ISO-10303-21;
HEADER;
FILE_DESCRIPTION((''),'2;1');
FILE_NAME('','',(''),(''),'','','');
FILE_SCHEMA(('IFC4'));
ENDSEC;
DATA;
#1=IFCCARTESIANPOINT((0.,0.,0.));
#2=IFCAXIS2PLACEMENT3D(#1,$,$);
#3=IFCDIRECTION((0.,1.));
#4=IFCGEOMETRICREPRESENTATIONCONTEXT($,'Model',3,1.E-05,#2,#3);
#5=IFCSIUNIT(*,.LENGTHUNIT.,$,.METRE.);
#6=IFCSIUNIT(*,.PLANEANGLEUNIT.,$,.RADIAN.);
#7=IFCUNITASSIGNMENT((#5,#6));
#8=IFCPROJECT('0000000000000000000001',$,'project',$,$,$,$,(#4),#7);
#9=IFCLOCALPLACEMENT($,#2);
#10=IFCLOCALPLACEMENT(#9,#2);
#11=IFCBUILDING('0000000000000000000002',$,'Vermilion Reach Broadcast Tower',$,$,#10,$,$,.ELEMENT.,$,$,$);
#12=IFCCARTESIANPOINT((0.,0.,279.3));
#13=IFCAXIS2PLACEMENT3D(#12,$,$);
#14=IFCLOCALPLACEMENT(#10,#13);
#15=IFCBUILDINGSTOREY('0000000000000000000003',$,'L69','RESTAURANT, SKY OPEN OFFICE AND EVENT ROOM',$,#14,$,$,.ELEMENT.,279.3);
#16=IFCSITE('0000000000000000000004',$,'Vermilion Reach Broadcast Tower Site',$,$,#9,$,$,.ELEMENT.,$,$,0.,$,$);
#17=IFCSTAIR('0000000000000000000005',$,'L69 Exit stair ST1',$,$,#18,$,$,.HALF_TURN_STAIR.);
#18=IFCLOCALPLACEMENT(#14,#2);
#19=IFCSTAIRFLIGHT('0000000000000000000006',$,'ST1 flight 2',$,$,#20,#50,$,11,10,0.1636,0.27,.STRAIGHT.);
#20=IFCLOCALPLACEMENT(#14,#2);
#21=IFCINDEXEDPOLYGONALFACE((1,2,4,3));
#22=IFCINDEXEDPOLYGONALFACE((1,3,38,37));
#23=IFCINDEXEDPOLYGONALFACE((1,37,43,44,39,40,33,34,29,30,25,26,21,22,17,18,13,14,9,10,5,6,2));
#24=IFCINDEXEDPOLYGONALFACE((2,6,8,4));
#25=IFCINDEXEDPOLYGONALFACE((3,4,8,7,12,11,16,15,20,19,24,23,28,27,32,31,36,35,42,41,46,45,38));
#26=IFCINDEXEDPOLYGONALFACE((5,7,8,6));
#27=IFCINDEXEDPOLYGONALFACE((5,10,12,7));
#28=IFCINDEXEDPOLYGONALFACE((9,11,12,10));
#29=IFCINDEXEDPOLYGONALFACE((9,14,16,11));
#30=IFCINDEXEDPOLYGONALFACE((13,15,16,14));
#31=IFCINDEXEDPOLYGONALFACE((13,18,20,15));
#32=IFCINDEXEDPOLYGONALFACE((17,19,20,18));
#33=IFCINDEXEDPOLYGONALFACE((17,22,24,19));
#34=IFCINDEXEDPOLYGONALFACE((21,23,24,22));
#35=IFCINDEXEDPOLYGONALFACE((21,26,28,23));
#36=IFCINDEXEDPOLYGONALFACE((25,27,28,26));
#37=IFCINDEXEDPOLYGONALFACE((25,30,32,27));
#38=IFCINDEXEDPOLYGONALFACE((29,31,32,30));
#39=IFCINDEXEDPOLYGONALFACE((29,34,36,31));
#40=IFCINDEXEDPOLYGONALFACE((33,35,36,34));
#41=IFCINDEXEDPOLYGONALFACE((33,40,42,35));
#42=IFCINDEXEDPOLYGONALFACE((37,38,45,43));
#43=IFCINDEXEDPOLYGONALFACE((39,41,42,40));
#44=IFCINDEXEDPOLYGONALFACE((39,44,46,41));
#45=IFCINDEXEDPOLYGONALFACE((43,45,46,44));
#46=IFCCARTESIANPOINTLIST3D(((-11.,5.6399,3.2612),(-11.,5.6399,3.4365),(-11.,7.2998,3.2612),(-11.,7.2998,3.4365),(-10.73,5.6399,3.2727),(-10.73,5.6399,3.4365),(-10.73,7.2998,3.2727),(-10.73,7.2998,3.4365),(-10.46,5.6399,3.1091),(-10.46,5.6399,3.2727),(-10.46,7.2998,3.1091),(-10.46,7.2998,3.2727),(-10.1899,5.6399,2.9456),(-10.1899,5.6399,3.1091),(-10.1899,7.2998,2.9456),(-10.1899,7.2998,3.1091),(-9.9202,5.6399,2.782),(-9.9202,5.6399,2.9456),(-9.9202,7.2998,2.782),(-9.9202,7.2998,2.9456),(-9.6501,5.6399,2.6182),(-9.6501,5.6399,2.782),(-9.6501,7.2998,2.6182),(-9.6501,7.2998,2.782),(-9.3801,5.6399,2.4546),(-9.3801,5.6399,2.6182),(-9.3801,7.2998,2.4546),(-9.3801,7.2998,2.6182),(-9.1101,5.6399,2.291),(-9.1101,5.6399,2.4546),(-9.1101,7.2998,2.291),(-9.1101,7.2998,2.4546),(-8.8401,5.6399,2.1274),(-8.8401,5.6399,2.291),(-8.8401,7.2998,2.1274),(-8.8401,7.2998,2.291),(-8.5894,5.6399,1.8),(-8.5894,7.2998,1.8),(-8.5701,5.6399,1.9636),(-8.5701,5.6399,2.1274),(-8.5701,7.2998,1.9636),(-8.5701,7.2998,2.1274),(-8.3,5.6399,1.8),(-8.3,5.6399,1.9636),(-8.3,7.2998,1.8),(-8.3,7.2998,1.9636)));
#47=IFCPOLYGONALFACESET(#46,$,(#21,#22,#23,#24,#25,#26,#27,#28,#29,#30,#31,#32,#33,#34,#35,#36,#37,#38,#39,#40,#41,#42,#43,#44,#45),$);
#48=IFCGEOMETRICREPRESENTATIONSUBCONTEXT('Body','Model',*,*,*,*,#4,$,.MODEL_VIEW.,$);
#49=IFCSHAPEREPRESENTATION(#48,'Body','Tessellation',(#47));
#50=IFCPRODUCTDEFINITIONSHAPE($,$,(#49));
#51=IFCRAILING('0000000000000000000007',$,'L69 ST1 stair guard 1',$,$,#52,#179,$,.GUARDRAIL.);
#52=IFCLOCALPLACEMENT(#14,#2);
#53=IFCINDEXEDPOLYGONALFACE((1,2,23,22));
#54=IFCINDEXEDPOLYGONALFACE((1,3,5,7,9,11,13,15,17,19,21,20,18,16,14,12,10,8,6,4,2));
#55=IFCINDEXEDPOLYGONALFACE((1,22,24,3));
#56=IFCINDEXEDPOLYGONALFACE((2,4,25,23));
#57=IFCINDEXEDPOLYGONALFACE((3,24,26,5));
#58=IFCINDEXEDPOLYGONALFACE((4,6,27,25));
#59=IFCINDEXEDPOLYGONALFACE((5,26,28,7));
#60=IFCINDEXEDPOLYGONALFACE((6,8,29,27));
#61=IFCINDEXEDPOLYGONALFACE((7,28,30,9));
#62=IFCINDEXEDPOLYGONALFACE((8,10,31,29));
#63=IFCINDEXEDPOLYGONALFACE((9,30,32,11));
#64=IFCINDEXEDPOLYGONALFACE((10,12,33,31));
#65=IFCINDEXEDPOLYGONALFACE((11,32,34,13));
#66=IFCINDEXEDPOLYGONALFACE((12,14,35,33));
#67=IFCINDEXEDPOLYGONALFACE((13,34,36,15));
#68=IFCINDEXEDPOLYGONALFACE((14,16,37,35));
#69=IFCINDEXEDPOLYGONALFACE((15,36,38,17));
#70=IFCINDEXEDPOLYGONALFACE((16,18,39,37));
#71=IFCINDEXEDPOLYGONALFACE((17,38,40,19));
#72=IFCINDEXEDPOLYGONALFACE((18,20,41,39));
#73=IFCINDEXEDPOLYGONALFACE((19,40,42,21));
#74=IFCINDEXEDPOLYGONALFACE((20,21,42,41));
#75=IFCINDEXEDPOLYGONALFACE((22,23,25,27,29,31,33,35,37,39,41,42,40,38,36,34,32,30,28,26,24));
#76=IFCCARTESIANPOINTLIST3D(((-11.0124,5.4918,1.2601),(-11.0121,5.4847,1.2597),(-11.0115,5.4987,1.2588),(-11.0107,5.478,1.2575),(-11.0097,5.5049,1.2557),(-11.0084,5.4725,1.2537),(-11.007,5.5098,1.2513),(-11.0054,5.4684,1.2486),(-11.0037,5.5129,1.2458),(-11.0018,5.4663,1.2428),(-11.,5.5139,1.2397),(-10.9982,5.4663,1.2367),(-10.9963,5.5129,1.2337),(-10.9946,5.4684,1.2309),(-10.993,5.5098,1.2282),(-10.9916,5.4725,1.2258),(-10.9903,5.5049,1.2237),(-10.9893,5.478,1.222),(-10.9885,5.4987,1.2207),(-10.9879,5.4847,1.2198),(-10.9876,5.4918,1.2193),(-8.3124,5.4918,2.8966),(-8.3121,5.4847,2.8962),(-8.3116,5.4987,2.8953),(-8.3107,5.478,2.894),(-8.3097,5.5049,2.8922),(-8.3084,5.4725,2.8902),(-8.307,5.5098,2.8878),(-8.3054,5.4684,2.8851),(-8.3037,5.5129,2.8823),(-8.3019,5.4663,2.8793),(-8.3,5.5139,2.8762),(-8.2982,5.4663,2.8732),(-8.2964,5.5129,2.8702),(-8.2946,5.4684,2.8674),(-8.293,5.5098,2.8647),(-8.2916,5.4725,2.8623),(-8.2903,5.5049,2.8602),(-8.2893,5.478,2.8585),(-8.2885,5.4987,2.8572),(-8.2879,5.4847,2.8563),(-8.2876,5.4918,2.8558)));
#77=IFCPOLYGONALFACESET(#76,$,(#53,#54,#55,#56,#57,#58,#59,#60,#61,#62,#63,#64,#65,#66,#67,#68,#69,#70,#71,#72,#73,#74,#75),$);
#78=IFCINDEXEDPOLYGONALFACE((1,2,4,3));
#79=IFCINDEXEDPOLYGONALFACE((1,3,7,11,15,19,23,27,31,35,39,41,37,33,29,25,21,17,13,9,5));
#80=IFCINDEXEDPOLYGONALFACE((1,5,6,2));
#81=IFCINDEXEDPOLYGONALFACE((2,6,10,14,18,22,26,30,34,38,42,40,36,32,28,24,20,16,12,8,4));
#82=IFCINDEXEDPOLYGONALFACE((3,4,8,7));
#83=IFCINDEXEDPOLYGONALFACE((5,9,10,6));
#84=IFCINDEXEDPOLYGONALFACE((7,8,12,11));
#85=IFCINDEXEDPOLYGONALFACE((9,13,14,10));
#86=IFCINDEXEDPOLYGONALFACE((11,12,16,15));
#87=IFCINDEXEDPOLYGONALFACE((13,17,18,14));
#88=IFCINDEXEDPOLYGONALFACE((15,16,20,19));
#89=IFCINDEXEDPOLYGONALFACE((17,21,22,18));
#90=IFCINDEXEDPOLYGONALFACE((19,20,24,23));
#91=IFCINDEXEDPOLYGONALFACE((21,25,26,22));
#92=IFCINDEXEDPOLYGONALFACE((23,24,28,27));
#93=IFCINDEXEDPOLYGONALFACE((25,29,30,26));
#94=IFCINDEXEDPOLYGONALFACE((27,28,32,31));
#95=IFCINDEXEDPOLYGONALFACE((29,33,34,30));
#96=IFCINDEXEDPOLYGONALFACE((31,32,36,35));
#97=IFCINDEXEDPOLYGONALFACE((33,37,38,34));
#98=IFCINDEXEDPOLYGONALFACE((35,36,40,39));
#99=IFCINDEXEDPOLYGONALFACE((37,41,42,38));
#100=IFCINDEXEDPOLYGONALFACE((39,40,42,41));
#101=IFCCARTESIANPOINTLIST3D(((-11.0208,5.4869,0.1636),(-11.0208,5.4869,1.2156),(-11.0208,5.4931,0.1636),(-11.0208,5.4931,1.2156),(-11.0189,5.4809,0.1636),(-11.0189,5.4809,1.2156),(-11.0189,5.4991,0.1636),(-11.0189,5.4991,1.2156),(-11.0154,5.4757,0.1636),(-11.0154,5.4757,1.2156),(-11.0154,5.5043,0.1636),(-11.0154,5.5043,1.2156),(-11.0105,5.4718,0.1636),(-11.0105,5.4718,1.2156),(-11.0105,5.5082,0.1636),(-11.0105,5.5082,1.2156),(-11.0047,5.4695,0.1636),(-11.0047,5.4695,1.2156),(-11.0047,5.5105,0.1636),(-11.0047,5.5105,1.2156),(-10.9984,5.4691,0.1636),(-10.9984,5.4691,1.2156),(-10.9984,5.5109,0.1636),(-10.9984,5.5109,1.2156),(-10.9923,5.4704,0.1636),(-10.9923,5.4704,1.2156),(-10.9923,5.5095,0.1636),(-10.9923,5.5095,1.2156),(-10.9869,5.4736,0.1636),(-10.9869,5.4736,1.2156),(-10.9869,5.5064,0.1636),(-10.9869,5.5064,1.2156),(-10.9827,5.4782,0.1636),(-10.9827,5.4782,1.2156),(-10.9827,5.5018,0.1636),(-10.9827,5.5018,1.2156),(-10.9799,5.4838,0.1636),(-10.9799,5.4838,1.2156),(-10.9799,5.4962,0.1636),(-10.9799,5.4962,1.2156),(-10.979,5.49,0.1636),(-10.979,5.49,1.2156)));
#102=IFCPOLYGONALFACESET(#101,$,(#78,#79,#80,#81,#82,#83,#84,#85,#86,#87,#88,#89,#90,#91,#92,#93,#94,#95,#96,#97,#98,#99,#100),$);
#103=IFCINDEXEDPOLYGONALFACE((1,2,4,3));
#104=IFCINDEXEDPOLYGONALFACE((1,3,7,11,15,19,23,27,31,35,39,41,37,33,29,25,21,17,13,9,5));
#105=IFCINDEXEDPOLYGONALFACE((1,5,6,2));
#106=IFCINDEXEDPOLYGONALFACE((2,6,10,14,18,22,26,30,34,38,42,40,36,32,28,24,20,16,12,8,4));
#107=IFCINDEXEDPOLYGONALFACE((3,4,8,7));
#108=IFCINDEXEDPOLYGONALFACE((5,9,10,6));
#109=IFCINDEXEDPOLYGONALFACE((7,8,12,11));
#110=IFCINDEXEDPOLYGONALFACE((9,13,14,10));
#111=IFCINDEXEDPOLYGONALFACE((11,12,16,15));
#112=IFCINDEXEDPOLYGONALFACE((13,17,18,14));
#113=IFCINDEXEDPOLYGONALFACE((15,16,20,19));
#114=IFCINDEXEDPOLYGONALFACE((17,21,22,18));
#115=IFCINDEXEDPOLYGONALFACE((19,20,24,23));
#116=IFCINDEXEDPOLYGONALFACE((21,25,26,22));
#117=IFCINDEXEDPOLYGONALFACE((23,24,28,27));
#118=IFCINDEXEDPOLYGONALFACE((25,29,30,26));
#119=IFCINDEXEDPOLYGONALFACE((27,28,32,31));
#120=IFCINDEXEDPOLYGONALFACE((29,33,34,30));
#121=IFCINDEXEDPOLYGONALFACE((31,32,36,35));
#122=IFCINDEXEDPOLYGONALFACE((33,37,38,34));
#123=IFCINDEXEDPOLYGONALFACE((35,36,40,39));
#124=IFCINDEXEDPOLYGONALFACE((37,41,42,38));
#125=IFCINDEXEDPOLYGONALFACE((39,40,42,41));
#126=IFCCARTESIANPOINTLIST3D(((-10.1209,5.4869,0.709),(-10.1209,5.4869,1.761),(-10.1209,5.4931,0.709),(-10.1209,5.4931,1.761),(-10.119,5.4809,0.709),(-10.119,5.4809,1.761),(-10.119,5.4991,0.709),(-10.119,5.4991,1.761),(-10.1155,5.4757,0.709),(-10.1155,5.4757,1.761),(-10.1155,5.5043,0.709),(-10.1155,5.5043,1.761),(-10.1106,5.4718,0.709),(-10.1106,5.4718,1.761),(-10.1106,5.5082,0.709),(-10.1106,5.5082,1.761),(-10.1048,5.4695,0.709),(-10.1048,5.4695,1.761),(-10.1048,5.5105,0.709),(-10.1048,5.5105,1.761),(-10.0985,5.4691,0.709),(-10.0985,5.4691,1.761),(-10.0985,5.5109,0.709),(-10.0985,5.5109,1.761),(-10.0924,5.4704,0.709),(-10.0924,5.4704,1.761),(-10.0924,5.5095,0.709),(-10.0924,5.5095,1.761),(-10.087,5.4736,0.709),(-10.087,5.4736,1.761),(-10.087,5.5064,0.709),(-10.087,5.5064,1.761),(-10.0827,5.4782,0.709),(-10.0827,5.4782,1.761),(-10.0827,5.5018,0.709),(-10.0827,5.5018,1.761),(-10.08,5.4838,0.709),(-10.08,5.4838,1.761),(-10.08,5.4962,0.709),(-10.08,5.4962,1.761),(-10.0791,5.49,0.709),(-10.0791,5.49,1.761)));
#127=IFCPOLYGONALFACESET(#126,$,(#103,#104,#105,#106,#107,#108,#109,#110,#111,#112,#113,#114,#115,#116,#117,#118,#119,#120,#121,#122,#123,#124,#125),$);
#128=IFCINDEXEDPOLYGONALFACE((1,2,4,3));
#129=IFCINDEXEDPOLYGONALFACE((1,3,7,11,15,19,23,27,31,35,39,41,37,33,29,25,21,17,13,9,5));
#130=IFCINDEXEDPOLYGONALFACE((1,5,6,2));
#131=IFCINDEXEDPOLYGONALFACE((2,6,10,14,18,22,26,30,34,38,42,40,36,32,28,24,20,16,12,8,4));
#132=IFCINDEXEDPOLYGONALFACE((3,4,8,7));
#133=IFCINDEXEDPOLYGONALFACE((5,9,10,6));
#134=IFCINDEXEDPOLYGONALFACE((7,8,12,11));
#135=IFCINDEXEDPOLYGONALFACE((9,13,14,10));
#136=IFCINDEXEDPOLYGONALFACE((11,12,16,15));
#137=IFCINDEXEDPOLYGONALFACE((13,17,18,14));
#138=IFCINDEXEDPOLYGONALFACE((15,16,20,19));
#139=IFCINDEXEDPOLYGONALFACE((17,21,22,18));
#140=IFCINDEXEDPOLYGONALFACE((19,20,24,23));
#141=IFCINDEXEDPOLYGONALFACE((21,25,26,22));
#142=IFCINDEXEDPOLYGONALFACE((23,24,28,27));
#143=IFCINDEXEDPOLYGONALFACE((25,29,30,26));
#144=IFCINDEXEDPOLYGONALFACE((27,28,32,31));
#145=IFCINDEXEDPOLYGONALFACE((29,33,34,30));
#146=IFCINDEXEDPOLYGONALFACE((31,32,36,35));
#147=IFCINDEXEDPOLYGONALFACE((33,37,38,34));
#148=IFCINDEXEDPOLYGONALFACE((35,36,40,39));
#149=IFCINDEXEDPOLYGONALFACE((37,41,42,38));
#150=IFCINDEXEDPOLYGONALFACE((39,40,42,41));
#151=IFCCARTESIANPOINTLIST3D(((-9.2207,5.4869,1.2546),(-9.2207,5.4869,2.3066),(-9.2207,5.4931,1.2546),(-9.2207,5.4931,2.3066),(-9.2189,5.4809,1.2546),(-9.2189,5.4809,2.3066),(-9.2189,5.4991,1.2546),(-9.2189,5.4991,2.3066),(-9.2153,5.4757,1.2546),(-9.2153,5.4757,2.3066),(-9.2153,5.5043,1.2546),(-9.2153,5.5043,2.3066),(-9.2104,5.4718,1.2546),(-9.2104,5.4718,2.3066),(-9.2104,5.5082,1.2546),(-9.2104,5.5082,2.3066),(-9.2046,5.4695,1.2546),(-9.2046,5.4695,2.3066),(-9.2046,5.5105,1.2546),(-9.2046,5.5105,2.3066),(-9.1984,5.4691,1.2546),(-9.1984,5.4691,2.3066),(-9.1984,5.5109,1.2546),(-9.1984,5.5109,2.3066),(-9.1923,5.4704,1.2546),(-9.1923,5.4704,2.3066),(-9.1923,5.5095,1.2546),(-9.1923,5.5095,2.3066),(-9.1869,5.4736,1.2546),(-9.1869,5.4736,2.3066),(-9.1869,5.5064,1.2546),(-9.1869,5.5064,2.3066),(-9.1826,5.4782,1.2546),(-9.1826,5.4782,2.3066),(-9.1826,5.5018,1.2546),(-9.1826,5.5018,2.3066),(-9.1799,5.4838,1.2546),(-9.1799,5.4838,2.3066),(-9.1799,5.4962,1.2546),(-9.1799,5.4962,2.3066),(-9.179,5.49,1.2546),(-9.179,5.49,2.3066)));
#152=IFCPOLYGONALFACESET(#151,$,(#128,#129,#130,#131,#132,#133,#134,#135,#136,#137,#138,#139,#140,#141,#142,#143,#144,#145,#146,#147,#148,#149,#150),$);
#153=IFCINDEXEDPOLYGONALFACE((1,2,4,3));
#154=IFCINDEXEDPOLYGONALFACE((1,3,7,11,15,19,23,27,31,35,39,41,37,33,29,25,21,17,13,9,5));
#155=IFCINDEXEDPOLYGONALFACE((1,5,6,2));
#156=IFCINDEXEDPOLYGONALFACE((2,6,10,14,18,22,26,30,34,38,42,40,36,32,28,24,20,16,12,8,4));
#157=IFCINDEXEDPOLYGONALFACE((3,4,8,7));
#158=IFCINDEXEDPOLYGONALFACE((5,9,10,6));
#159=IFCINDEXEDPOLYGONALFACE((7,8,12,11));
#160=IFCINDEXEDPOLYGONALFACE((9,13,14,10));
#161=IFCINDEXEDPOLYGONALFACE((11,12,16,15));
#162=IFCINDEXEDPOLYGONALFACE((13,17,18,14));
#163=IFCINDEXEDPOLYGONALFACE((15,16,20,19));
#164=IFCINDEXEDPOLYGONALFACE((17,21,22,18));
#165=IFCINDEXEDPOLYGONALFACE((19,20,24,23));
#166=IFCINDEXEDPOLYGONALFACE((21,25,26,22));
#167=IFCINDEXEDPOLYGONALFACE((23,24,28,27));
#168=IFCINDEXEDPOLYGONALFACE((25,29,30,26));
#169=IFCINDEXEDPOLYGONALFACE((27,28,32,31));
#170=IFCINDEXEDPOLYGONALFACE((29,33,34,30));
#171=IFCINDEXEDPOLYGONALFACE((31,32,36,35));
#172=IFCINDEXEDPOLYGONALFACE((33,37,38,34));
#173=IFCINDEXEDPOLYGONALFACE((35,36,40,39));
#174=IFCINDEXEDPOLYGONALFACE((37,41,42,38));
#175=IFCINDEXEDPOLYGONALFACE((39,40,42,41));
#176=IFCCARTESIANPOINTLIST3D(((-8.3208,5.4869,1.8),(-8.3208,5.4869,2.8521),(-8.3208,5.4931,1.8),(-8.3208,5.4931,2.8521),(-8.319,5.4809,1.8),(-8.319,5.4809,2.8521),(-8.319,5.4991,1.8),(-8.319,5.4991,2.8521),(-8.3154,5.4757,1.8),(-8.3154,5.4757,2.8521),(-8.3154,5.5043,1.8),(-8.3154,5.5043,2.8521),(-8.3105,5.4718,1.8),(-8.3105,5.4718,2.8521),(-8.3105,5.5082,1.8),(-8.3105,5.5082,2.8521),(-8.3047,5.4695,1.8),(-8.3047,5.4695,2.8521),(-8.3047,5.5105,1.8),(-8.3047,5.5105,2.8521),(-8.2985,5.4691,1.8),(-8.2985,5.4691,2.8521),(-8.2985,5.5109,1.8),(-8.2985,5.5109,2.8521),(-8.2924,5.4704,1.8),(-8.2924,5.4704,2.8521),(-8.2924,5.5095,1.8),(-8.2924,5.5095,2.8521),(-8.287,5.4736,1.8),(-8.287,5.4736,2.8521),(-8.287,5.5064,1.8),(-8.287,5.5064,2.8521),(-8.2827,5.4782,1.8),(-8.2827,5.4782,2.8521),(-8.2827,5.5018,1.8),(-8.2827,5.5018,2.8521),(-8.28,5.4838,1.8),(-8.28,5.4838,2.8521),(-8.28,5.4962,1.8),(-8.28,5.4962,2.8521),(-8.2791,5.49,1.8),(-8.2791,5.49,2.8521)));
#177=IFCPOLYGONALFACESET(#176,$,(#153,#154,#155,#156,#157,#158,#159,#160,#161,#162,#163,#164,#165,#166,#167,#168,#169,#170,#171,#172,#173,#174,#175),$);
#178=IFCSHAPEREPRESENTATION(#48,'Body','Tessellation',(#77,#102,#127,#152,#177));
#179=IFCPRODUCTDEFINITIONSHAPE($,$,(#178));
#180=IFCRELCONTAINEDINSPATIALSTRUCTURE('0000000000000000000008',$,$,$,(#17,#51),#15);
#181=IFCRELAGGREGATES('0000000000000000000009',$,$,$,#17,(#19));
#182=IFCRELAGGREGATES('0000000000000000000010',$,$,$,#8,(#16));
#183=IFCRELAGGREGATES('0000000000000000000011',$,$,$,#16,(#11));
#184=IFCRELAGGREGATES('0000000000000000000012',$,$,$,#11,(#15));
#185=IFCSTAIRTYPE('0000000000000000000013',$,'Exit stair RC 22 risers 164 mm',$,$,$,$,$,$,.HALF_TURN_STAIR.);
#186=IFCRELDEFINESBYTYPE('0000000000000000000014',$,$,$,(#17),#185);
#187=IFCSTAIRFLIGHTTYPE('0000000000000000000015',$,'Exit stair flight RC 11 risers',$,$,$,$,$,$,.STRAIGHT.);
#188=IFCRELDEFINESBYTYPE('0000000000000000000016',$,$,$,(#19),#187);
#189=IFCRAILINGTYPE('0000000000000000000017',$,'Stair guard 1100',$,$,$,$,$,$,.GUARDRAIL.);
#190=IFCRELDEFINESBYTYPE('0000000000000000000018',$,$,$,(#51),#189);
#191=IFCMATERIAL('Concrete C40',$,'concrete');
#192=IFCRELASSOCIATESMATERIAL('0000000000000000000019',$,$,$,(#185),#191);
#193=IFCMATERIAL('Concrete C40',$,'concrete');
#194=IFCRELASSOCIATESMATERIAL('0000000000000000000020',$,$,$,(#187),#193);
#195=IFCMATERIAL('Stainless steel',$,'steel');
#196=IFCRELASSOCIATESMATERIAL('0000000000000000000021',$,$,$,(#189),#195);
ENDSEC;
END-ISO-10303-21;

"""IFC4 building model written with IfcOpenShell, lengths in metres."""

from ifc_helpers import new_model, si_unit, direction, frame, origin, origin_2d, place, context, subcontext, project, spatial, polyline, circle, outline, extrude, material, type_object, element, aggregate, save


model = new_model("IFC4")

# Units and contexts
model_context = context("Model", 3, precision=1e-05, world=origin(), true_north=direction((0.0, 1.0)))
body_context = subcontext(model_context, "Body", "Model", "MODEL_VIEW")
ifc_project = project(units=[si_unit("LENGTHUNIT", "METRE"), si_unit("PLANEANGLEUNIT", "RADIAN")], contexts=[model_context])

# Site, building, storey
site_placement = place(None, origin())
site = spatial("IfcSite", under=ifc_project, at=site_placement, Name="Vermilion Reach Broadcast Tower Site", CompositionType="ELEMENT", RefElevation=0.0)
building_placement = place(site_placement, origin())
building = spatial("IfcBuilding", under=site, at=building_placement, Name="Vermilion Reach Broadcast Tower", CompositionType="ELEMENT")
storey_placement = place(building_placement, frame((0.0, 0.0, 279.3)))
storey = spatial("IfcBuildingStorey", under=building, at=storey_placement, Name="L69", Description="RESTAURANT, SKY OPEN OFFICE AND EVENT ROOM", CompositionType="ELEMENT", Elevation=279.3)

# Stair, stair flight
ifc_material_1 = material(Name="Concrete C40", Category="concrete")
stair_type = type_object("IfcStairType", Name="Exit stair RC 22 risers 164 mm", PredefinedType="HALF_TURN_STAIR", material=ifc_material_1)
stair_placement = place(storey_placement, origin())
stair = element("IfcStair", 1, at=stair_placement, inside=storey, type_object=stair_type, Name="L69 Exit stair ST1", PredefinedType="HALF_TURN_STAIR")
ifc_material_2 = material(Name="Concrete C40", Category="concrete")
stair_flight_type = type_object("IfcStairFlightType", Name="Exit stair flight RC 11 risers", PredefinedType="STRAIGHT", material=ifc_material_2)
stair_flight_1_placement = place(storey_placement, frame((-8.3, 6.47, 1.8), z_axis=(0.0, 0.0, 1.0), x_axis=(-1.0, 0.0, 0.0)))
stair_flight_1 = element("IfcStairFlight", 2, at=stair_flight_1_placement, type_object=stair_flight_type, Name="ST1 flight 2", NumberOfRisers=11, NumberOfTreads=10, PredefinedType="STRAIGHT", RiserHeight=0.1636, TreadLength=0.27, context=body_context, shape_type="SweptSolid", body=[
    extrude(outline(polyline([(0.0, 0.0), (0.0, 0.1636), (0.27, 0.1636), (0.27, 0.3274), (0.54, 0.3274), (0.54, 0.491), (0.8101, 0.491), (0.8101, 0.6545), (1.0801, 0.6545), (1.0801, 0.8181), (1.3501, 0.8181), (1.3501, 0.9819), (1.6201, 0.9819), (1.6201, 1.1455), (1.8899, 1.1455), (1.8899, 1.3091), (2.1599, 1.3091), (2.1599, 1.4727), (2.4299, 1.4727), (2.4299, 1.6365), (2.7, 1.6365), (2.7, 1.8), (2.7, 1.4612), (0.2893, 0.0), (0.0, 0.0)])), frame((0.0, 0.8301, 0.0), z_axis=(0.0, -1.0, 0.0), x_axis=(1.0, 0.0, 0.0)), (0.0, 0.0, 1.0), 1.6599),
])
aggregate(stair, [stair_flight_1])

# Railing
ifc_material_3 = material(Name="Stainless steel", Category="steel")
railing_type_1 = type_object("IfcRailingType", Name="Stair guard 1100", PredefinedType="GUARDRAIL", material=ifc_material_3)
railing_1_placement = place(storey_placement, frame((-11.0, 5.49, 0.1636)))
element("IfcRailing", 3, at=railing_1_placement, inside=storey, type_object=railing_type_1, Name="L69 ST1 stair guard 1", PredefinedType="GUARDRAIL", context=body_context, shape_type="SweptSolid", body=[
    extrude(circle(Radius=0.0239, at=origin_2d()), frame((0.0, 0.0, 1.0762), z_axis=(0.855178, 0.0, 0.518334), x_axis=(0.0, 1.0, 0.0)), (0.0, 0.0, 1.0), 3.1572),
    extrude(circle(Radius=0.021, at=origin_2d()), origin(), (0.0, 0.0, 1.0), 1.052),
    extrude(circle(Radius=0.021, at=origin_2d()), frame((0.8999, 0.0, 0.5454)), (0.0, 0.0, 1.0), 1.052),
    extrude(circle(Radius=0.021, at=origin_2d()), frame((1.8, 0.0, 1.0911)), (0.0, 0.0, 1.0), 1.052),
    extrude(circle(Radius=0.021, at=origin_2d()), frame((2.7, 0.0, 1.6365)), (0.0, 0.0, 1.0), 1.052),
])

save(model, "model.ifc")
